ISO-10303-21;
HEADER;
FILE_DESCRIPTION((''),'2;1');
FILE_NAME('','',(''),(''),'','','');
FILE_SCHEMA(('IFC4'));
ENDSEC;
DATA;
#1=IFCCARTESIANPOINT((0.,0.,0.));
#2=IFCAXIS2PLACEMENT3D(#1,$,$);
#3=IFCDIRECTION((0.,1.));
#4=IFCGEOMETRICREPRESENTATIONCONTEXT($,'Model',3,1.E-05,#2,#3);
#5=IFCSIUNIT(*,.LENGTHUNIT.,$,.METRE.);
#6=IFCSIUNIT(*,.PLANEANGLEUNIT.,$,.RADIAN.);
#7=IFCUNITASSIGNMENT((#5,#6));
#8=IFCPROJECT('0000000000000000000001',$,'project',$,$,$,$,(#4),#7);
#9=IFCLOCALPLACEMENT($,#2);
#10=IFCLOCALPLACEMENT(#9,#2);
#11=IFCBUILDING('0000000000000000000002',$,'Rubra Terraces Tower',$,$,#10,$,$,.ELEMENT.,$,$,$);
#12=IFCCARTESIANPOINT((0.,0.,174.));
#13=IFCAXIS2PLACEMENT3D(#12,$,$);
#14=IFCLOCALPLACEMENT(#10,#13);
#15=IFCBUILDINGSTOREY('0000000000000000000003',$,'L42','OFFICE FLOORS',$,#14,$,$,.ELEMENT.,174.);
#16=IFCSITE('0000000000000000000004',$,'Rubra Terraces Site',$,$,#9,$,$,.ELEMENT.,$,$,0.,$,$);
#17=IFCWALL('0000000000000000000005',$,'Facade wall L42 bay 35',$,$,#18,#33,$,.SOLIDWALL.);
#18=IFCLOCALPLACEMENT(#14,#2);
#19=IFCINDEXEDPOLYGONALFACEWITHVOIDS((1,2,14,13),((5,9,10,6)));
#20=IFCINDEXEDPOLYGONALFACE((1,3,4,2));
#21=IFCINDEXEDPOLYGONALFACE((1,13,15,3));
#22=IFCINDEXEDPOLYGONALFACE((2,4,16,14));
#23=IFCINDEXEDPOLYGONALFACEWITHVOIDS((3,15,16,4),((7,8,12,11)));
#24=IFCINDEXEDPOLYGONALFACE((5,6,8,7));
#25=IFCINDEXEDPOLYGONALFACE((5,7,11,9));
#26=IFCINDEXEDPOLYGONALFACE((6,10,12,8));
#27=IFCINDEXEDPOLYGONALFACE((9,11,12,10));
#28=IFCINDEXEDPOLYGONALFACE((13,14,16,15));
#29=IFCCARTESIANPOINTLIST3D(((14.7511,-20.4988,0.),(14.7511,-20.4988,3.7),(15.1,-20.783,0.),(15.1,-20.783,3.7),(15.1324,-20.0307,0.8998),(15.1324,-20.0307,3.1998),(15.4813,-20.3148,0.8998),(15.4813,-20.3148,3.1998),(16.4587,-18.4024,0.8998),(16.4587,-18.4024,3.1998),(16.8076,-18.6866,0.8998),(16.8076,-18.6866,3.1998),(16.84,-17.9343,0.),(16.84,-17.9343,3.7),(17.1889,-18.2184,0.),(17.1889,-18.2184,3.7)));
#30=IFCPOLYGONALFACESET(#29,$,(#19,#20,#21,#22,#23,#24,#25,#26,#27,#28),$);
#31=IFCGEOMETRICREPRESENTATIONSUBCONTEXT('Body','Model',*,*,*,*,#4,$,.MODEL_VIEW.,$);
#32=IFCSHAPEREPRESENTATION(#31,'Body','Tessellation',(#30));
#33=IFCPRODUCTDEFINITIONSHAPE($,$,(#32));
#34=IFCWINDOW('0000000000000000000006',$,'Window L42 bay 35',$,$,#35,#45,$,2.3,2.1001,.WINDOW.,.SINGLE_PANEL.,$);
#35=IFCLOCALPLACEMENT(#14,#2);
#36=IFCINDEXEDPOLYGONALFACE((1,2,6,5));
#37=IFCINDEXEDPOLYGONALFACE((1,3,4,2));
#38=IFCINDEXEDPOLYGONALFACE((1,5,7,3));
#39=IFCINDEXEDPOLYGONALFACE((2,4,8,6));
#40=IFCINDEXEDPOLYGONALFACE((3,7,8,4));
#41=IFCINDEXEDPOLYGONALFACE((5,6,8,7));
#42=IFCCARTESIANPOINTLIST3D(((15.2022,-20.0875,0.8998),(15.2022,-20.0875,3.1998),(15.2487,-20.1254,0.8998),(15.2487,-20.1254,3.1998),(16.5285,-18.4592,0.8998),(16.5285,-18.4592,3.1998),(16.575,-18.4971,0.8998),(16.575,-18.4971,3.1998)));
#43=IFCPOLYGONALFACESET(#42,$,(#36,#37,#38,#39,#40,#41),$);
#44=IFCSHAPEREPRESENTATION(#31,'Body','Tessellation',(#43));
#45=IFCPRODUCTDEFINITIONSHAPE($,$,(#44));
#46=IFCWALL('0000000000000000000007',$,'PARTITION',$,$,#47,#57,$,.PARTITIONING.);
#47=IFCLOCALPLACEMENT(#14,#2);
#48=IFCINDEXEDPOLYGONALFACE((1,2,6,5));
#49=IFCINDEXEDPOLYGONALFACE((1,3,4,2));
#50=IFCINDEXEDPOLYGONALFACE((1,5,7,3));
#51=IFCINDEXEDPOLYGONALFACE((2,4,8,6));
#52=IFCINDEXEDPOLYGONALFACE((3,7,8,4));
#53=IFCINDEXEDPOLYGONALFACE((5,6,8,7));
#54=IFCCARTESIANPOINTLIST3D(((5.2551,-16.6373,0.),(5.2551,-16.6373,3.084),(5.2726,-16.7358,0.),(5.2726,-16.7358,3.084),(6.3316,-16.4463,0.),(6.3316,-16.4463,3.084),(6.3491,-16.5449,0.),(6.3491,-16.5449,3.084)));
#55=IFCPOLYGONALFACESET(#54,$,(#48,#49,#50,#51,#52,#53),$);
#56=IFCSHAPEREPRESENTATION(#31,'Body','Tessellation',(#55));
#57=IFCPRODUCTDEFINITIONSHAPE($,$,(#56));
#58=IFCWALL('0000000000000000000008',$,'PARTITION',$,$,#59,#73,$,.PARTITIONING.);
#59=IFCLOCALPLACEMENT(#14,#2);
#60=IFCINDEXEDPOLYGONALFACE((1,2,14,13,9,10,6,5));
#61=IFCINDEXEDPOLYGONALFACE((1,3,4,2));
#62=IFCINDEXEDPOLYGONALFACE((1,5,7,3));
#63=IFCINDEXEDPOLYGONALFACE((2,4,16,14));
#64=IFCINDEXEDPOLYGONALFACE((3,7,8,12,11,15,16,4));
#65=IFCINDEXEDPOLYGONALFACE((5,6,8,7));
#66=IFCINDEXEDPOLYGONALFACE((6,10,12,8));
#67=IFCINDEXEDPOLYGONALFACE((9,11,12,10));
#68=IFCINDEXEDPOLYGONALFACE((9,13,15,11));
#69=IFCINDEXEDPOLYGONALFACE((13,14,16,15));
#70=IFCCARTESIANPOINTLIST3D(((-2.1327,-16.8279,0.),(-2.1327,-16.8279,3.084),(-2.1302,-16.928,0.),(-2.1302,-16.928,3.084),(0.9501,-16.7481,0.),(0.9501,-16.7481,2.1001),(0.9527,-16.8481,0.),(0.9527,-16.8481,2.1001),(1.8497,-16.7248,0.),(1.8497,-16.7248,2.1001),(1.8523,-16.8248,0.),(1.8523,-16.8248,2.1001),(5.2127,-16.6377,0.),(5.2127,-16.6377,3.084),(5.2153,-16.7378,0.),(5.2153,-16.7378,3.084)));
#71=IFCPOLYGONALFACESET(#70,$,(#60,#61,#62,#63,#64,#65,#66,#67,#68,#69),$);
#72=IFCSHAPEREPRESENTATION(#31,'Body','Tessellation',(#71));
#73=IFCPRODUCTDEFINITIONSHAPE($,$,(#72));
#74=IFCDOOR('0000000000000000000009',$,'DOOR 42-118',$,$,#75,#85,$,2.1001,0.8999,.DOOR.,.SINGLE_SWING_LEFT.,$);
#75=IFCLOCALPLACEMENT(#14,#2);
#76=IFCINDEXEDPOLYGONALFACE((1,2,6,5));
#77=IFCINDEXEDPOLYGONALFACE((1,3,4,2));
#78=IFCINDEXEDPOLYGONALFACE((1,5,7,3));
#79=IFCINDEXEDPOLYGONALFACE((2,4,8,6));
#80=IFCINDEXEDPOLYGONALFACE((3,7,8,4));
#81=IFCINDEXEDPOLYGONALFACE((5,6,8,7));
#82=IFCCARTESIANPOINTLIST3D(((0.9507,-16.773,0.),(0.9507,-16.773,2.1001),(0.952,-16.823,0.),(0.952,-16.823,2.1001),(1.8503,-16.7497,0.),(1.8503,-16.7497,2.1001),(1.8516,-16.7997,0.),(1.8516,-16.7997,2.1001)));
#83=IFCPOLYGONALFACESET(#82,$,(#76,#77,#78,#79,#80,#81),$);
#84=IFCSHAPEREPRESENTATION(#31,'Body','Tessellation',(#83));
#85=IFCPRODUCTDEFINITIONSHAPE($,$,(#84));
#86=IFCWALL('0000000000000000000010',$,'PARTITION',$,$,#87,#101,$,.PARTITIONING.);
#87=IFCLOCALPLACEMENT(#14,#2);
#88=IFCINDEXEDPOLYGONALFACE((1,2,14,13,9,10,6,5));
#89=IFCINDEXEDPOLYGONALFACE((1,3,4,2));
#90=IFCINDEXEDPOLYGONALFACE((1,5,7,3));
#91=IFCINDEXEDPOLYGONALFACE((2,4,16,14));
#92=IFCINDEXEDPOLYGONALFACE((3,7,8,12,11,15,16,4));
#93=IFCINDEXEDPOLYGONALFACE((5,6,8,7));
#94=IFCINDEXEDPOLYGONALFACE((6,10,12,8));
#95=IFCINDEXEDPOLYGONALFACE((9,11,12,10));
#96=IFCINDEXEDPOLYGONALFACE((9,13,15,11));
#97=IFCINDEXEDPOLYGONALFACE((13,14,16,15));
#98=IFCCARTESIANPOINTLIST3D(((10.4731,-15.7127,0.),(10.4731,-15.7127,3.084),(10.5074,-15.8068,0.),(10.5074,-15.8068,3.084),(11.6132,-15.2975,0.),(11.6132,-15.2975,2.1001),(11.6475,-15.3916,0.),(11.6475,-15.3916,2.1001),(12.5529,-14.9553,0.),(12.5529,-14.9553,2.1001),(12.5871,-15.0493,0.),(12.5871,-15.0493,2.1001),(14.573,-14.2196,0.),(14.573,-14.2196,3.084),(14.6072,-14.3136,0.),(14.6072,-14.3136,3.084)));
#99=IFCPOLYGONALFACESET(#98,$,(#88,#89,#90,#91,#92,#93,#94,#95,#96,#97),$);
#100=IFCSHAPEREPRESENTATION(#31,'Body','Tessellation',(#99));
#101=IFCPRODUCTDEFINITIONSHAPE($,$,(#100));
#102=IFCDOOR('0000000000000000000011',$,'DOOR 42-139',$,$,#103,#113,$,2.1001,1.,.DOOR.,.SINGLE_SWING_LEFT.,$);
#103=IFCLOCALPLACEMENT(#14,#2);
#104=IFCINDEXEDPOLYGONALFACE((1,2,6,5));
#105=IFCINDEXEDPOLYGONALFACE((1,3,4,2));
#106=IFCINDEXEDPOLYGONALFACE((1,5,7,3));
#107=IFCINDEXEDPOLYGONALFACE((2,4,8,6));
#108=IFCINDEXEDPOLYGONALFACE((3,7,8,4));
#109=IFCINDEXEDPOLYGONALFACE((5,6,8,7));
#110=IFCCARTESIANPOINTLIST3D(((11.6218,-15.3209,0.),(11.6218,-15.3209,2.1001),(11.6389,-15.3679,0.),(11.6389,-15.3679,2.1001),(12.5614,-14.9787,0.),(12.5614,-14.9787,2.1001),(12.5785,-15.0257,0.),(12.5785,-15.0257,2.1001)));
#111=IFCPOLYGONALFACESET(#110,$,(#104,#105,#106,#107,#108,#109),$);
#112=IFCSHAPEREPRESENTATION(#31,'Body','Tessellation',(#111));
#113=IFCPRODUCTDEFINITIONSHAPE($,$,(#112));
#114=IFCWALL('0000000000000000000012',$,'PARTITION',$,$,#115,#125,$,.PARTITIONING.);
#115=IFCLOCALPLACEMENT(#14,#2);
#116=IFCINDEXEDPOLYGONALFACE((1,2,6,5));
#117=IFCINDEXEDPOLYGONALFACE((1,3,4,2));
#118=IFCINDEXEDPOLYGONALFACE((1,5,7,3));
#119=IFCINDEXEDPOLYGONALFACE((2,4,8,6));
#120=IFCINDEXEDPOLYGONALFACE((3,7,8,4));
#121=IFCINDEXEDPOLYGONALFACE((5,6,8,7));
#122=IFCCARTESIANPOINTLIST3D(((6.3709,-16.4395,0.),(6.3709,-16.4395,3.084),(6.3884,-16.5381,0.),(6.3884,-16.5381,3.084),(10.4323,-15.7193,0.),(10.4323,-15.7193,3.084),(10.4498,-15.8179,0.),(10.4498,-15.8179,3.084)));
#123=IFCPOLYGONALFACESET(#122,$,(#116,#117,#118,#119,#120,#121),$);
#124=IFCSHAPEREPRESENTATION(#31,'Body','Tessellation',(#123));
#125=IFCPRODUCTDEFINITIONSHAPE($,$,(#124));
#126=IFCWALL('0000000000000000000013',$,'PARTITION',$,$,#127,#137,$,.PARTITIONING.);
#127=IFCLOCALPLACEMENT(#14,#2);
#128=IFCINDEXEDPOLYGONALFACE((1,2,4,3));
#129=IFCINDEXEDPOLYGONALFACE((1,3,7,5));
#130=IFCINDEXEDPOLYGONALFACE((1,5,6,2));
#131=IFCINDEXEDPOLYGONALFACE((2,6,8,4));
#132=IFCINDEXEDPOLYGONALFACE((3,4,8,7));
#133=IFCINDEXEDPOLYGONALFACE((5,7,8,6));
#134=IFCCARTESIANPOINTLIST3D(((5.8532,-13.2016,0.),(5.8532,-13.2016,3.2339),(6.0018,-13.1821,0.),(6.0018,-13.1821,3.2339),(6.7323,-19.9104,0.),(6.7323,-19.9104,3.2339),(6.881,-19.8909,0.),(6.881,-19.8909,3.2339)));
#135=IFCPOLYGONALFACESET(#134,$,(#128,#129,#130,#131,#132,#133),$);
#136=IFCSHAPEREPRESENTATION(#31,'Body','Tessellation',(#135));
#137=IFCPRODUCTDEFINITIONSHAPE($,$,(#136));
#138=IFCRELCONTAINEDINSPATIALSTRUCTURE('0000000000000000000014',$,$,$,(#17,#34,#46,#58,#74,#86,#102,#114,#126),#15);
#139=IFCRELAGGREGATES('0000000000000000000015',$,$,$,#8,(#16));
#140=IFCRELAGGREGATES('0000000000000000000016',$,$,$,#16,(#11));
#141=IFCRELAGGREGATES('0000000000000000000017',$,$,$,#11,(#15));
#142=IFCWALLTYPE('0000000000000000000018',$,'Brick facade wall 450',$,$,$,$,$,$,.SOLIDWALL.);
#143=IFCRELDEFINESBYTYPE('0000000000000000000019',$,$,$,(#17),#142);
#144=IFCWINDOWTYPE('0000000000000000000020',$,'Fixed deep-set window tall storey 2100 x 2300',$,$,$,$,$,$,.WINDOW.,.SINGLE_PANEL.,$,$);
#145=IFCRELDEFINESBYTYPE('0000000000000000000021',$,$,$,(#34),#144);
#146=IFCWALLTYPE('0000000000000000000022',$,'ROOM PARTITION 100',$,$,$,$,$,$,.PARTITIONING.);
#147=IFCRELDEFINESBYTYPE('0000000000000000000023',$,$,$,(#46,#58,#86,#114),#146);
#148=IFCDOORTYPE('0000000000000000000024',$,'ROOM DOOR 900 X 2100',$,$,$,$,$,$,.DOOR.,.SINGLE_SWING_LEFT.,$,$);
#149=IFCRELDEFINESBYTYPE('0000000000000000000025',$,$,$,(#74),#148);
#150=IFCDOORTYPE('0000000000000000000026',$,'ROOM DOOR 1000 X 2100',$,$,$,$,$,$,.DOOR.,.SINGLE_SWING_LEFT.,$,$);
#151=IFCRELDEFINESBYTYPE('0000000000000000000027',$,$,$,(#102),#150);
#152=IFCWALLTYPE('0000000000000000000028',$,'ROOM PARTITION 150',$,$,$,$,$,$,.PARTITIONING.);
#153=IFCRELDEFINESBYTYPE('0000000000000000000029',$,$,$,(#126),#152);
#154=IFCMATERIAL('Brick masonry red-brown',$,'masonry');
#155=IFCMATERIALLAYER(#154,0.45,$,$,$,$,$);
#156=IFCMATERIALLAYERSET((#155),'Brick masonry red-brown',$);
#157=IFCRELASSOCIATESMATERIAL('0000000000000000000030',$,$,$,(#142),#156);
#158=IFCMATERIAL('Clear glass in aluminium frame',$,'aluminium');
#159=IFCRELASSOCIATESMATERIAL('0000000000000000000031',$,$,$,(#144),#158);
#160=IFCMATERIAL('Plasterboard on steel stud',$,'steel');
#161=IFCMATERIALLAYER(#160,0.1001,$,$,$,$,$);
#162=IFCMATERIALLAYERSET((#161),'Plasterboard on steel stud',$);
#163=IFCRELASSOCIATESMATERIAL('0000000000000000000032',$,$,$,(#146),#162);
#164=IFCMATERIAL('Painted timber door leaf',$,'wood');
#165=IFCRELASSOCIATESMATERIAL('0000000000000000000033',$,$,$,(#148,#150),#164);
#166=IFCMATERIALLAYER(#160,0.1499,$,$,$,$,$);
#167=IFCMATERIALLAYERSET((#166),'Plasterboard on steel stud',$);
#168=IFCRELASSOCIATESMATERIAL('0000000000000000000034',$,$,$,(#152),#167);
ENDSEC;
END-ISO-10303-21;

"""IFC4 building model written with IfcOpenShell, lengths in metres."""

from ifc_helpers import new_model, si_unit, direction, frame, frame_2d, origin, place, context, subcontext, project, spatial, rectangle, extrude, material, layer, layer_set, type_object, element, fill, save


model = new_model("IFC4")

# Units and contexts
model_context = context("Model", 3, precision=1e-05, world=origin(), true_north=direction((0.0, 1.0)))
body_context = subcontext(model_context, "Body", "Model", "MODEL_VIEW")
ifc_project = project(units=[si_unit("LENGTHUNIT", "METRE"), si_unit("PLANEANGLEUNIT", "RADIAN")], contexts=[model_context])

# Site, building, storey
site_placement = place(None, origin())
site = spatial("IfcSite", under=ifc_project, at=site_placement, Name="Rubra Terraces Site", CompositionType="ELEMENT", RefElevation=0.0)
building_placement = place(site_placement, origin())
building = spatial("IfcBuilding", under=site, at=building_placement, Name="Rubra Terraces Tower", CompositionType="ELEMENT")
storey_placement = place(building_placement, frame((0.0, 0.0, 174.0)))
storey = spatial("IfcBuildingStorey", under=building, at=storey_placement, Name="L42", Description="OFFICE FLOORS", CompositionType="ELEMENT", Elevation=174.0)

# Wall, opening, window
ifc_material_1 = material(Name="Brick masonry red-brown", Category="masonry")
ifc_layer_1 = layer(ifc_material_1, 0.45)
ifc_layer_set_1 = layer_set([ifc_layer_1], Name="Brick masonry red-brown")
wall_type_1 = type_object("IfcWallType", Name="Brick facade wall 450", PredefinedType="SOLIDWALL", material=ifc_layer_set_1)
ifc_material_2 = material(Name="Clear glass in aluminium frame", Category="aluminium")
window_type = type_object("IfcWindowType", Name="Fixed deep-set window tall storey 2100 x 2300", PartitioningType="SINGLE_PANEL", PredefinedType="WINDOW", material=ifc_material_2)
wall_1_placement = place(storey_placement, frame((14.9255, -20.6409, 0.0), z_axis=(0.0, 0.0, 1.0), x_axis=(0.631548, 0.775337, 0.0)))
wall_1 = element("IfcWall", 1, at=wall_1_placement, inside=storey, type_object=wall_type_1, Name="Facade wall L42 bay 35", PredefinedType="SOLIDWALL", context=body_context, shape_type="SweptSolid", body=[
    extrude(rectangle(XDim=3.3076, YDim=0.45, at=frame_2d((1.6538, 0.0))), origin(), (0.0, 0.0, 1.0), 3.7),
])
opening_1_placement = place(wall_1_placement, frame((0.6038, 0.0, 0.8999)))
opening_1 = element("IfcOpeningElement", 2, at=opening_1_placement, cuts=wall_1, PredefinedType="OPENING", context=body_context, shape_type="SweptSolid", body=[
    extrude(rectangle(XDim=2.1001, YDim=2.3, at=frame_2d((1.05, 1.1499))), frame((0.0, 0.2349, 0.0), z_axis=(0.0, -1.0, 0.0), x_axis=(1.0, 0.0, 0.0)), (0.0, 0.0, 1.0), 0.47),
])
window_1_placement = place(opening_1_placement, origin())
window_1 = element("IfcWindow", 3, at=window_1_placement, inside=storey, type_object=window_type, Name="Window L42 bay 35", OverallHeight=2.3, OverallWidth=2.1001, PartitioningType="SINGLE_PANEL", PredefinedType="WINDOW", context=body_context, shape_type="SweptSolid", body=[
    extrude(rectangle(XDim=2.1001, YDim=2.3, at=frame_2d((1.05, 1.1499))), frame((0.0, 0.135, 0.0), z_axis=(0.0, -1.0, 0.0), x_axis=(1.0, 0.0, 0.0)), (0.0, 0.0, 1.0), 0.0601),
])
fill(opening_1, window_1)

# Wall
ifc_material_3 = material(Name="Plasterboard on steel stud", Category="steel")
ifc_layer_2 = layer(ifc_material_3, 0.1001)
ifc_layer_set_2 = layer_set([ifc_layer_2], Name="Plasterboard on steel stud")
wall_type_2 = type_object("IfcWallType", Name="ROOM PARTITION 100", PredefinedType="PARTITIONING", material=ifc_layer_set_2)
wall_2_placement = place(storey_placement, frame((6.3403, -16.4956, 0.0), z_axis=(0.0, 0.0, 1.0), x_axis=(-0.984633, -0.174639, 0.0)))
element("IfcWall", 4, at=wall_2_placement, inside=storey, type_object=wall_type_2, Name="PARTITION", PredefinedType="PARTITIONING", context=body_context, shape_type="SweptSolid", body=[
    extrude(rectangle(XDim=1.0933, YDim=0.1001, at=frame_2d((0.5466, 0.0))), origin(), (0.0, 0.0, 1.0), 3.084),
])

# Walls, openings, doors
wall_3_placement = place(storey_placement, frame((5.2139, -16.6877, 0.0), z_axis=(0.0, 0.0, 1.0), x_axis=(-0.999665, -0.025883, 0.0)))
wall_3 = element("IfcWall", 5, at=wall_3_placement, inside=storey, type_object=wall_type_2, Name="PARTITION", PredefinedType="PARTITIONING", context=body_context, shape_type="SweptSolid", body=[
    extrude(rectangle(XDim=7.3479, YDim=0.1001, at=frame_2d((3.6738, 0.0))), origin(), (0.0, 0.0, 1.0), 3.084),
])
opening_2_placement = place(wall_3_placement, frame((3.364, 0.0, 0.0)))
opening_2 = element("IfcOpeningElement", 6, at=opening_2_placement, cuts=wall_3, PredefinedType="OPENING", context=body_context, shape_type="SweptSolid", body=[
    extrude(rectangle(XDim=0.8999, YDim=2.1001, at=frame_2d((0.45, 1.05))), frame((0.0, 0.0601, 0.0), z_axis=(0.0, -1.0, 0.0), x_axis=(1.0, 0.0, 0.0)), (0.0, 0.0, 1.0), 0.1201),
])
ifc_material_4 = material(Name="Painted timber door leaf", Category="wood")
door_type_1 = type_object("IfcDoorType", Name="ROOM DOOR 900 X 2100", OperationType="SINGLE_SWING_LEFT", PredefinedType="DOOR", material=ifc_material_4)
door_1_placement = place(opening_2_placement, origin())
door_1 = element("IfcDoor", 7, at=door_1_placement, inside=storey, type_object=door_type_1, Name="DOOR 42-118", OperationType="SINGLE_SWING_LEFT", OverallHeight=2.1001, OverallWidth=0.8999, PredefinedType="DOOR", context=body_context, shape_type="SweptSolid", body=[
    extrude(rectangle(XDim=0.8999, YDim=2.1001, at=frame_2d((0.45, 1.05))), frame((0.0, 0.0249, 0.0), z_axis=(0.0, -1.0, 0.0), x_axis=(1.0, 0.0, 0.0)), (0.0, 0.0, 1.0), 0.05),
])
fill(opening_2, door_1)
wall_4_placement = place(storey_placement, frame((14.5901, -14.2666, 0.0), z_axis=(0.0, 0.0, 1.0), x_axis=(-0.939623, -0.34221, 0.0)))
wall_4 = element("IfcWall", 8, at=wall_4_placement, inside=storey, type_object=wall_type_2, Name="PARTITION", PredefinedType="PARTITIONING", context=body_context, shape_type="SweptSolid", body=[
    extrude(rectangle(XDim=4.3633, YDim=0.1001, at=frame_2d((2.1816, 0.0))), origin(), (0.0, 0.0, 1.0), 3.084),
])
opening_3_placement = place(wall_4_placement, frame((2.1499, 0.0, 0.0)))
opening_3 = element("IfcOpeningElement", 9, at=opening_3_placement, cuts=wall_4, PredefinedType="OPENING", context=body_context, shape_type="SweptSolid", body=[
    extrude(rectangle(XDim=1.0, YDim=2.1001, at=frame_2d((0.5, 1.05))), frame((0.0, 0.0601, 0.0), z_axis=(0.0, -1.0, 0.0), x_axis=(1.0, 0.0, 0.0)), (0.0, 0.0, 1.0), 0.1201),
])
door_type_2 = type_object("IfcDoorType", Name="ROOM DOOR 1000 X 2100", OperationType="SINGLE_SWING_LEFT", PredefinedType="DOOR", material=ifc_material_4)
door_2_placement = place(opening_3_placement, origin())
door_2 = element("IfcDoor", 10, at=door_2_placement, inside=storey, type_object=door_type_2, Name="DOOR 42-139", OperationType="SINGLE_SWING_LEFT", OverallHeight=2.1001, OverallWidth=1.0, PredefinedType="DOOR", context=body_context, shape_type="SweptSolid", body=[
    extrude(rectangle(XDim=1.0, YDim=2.1001, at=frame_2d((0.5, 1.05))), frame((0.0, 0.0249, 0.0), z_axis=(0.0, -1.0, 0.0), x_axis=(1.0, 0.0, 0.0)), (0.0, 0.0, 1.0), 0.05),
])
fill(opening_3, door_2)

# Walls
wall_5_placement = place(storey_placement, frame((10.4412, -15.7686, 0.0), z_axis=(0.0, 0.0, 1.0), x_axis=(-0.984637, -0.174613, 0.0)))
element("IfcWall", 11, at=wall_5_placement, inside=storey, type_object=wall_type_2, Name="PARTITION", PredefinedType="PARTITIONING", context=body_context, shape_type="SweptSolid", body=[
    extrude(rectangle(XDim=4.1248, YDim=0.1001, at=frame_2d((2.0625, 0.0))), origin(), (0.0, 0.0, 1.0), 3.084),
])
ifc_layer_3 = layer(ifc_material_3, 0.1499)
ifc_layer_set_3 = layer_set([ifc_layer_3], Name="Plasterboard on steel stud")
wall_type_3 = type_object("IfcWallType", Name="ROOM PARTITION 150", PredefinedType="PARTITIONING", material=ifc_layer_set_3)
wall_6_placement = place(storey_placement, frame((6.8066, -19.9006, 0.0), z_axis=(0.0, 0.0, 1.0), x_axis=(-0.129935, 0.991523, 0.0)))
element("IfcWall", 12, at=wall_6_placement, inside=storey, type_object=wall_type_3, Name="PARTITION", PredefinedType="PARTITIONING", context=body_context, shape_type="SweptSolid", body=[
    extrude(rectangle(XDim=6.7661, YDim=0.1499, at=frame_2d((3.3831, 0.0))), origin(), (0.0, 0.0, 1.0), 3.2339),
])

save(model, "model.ifc")
